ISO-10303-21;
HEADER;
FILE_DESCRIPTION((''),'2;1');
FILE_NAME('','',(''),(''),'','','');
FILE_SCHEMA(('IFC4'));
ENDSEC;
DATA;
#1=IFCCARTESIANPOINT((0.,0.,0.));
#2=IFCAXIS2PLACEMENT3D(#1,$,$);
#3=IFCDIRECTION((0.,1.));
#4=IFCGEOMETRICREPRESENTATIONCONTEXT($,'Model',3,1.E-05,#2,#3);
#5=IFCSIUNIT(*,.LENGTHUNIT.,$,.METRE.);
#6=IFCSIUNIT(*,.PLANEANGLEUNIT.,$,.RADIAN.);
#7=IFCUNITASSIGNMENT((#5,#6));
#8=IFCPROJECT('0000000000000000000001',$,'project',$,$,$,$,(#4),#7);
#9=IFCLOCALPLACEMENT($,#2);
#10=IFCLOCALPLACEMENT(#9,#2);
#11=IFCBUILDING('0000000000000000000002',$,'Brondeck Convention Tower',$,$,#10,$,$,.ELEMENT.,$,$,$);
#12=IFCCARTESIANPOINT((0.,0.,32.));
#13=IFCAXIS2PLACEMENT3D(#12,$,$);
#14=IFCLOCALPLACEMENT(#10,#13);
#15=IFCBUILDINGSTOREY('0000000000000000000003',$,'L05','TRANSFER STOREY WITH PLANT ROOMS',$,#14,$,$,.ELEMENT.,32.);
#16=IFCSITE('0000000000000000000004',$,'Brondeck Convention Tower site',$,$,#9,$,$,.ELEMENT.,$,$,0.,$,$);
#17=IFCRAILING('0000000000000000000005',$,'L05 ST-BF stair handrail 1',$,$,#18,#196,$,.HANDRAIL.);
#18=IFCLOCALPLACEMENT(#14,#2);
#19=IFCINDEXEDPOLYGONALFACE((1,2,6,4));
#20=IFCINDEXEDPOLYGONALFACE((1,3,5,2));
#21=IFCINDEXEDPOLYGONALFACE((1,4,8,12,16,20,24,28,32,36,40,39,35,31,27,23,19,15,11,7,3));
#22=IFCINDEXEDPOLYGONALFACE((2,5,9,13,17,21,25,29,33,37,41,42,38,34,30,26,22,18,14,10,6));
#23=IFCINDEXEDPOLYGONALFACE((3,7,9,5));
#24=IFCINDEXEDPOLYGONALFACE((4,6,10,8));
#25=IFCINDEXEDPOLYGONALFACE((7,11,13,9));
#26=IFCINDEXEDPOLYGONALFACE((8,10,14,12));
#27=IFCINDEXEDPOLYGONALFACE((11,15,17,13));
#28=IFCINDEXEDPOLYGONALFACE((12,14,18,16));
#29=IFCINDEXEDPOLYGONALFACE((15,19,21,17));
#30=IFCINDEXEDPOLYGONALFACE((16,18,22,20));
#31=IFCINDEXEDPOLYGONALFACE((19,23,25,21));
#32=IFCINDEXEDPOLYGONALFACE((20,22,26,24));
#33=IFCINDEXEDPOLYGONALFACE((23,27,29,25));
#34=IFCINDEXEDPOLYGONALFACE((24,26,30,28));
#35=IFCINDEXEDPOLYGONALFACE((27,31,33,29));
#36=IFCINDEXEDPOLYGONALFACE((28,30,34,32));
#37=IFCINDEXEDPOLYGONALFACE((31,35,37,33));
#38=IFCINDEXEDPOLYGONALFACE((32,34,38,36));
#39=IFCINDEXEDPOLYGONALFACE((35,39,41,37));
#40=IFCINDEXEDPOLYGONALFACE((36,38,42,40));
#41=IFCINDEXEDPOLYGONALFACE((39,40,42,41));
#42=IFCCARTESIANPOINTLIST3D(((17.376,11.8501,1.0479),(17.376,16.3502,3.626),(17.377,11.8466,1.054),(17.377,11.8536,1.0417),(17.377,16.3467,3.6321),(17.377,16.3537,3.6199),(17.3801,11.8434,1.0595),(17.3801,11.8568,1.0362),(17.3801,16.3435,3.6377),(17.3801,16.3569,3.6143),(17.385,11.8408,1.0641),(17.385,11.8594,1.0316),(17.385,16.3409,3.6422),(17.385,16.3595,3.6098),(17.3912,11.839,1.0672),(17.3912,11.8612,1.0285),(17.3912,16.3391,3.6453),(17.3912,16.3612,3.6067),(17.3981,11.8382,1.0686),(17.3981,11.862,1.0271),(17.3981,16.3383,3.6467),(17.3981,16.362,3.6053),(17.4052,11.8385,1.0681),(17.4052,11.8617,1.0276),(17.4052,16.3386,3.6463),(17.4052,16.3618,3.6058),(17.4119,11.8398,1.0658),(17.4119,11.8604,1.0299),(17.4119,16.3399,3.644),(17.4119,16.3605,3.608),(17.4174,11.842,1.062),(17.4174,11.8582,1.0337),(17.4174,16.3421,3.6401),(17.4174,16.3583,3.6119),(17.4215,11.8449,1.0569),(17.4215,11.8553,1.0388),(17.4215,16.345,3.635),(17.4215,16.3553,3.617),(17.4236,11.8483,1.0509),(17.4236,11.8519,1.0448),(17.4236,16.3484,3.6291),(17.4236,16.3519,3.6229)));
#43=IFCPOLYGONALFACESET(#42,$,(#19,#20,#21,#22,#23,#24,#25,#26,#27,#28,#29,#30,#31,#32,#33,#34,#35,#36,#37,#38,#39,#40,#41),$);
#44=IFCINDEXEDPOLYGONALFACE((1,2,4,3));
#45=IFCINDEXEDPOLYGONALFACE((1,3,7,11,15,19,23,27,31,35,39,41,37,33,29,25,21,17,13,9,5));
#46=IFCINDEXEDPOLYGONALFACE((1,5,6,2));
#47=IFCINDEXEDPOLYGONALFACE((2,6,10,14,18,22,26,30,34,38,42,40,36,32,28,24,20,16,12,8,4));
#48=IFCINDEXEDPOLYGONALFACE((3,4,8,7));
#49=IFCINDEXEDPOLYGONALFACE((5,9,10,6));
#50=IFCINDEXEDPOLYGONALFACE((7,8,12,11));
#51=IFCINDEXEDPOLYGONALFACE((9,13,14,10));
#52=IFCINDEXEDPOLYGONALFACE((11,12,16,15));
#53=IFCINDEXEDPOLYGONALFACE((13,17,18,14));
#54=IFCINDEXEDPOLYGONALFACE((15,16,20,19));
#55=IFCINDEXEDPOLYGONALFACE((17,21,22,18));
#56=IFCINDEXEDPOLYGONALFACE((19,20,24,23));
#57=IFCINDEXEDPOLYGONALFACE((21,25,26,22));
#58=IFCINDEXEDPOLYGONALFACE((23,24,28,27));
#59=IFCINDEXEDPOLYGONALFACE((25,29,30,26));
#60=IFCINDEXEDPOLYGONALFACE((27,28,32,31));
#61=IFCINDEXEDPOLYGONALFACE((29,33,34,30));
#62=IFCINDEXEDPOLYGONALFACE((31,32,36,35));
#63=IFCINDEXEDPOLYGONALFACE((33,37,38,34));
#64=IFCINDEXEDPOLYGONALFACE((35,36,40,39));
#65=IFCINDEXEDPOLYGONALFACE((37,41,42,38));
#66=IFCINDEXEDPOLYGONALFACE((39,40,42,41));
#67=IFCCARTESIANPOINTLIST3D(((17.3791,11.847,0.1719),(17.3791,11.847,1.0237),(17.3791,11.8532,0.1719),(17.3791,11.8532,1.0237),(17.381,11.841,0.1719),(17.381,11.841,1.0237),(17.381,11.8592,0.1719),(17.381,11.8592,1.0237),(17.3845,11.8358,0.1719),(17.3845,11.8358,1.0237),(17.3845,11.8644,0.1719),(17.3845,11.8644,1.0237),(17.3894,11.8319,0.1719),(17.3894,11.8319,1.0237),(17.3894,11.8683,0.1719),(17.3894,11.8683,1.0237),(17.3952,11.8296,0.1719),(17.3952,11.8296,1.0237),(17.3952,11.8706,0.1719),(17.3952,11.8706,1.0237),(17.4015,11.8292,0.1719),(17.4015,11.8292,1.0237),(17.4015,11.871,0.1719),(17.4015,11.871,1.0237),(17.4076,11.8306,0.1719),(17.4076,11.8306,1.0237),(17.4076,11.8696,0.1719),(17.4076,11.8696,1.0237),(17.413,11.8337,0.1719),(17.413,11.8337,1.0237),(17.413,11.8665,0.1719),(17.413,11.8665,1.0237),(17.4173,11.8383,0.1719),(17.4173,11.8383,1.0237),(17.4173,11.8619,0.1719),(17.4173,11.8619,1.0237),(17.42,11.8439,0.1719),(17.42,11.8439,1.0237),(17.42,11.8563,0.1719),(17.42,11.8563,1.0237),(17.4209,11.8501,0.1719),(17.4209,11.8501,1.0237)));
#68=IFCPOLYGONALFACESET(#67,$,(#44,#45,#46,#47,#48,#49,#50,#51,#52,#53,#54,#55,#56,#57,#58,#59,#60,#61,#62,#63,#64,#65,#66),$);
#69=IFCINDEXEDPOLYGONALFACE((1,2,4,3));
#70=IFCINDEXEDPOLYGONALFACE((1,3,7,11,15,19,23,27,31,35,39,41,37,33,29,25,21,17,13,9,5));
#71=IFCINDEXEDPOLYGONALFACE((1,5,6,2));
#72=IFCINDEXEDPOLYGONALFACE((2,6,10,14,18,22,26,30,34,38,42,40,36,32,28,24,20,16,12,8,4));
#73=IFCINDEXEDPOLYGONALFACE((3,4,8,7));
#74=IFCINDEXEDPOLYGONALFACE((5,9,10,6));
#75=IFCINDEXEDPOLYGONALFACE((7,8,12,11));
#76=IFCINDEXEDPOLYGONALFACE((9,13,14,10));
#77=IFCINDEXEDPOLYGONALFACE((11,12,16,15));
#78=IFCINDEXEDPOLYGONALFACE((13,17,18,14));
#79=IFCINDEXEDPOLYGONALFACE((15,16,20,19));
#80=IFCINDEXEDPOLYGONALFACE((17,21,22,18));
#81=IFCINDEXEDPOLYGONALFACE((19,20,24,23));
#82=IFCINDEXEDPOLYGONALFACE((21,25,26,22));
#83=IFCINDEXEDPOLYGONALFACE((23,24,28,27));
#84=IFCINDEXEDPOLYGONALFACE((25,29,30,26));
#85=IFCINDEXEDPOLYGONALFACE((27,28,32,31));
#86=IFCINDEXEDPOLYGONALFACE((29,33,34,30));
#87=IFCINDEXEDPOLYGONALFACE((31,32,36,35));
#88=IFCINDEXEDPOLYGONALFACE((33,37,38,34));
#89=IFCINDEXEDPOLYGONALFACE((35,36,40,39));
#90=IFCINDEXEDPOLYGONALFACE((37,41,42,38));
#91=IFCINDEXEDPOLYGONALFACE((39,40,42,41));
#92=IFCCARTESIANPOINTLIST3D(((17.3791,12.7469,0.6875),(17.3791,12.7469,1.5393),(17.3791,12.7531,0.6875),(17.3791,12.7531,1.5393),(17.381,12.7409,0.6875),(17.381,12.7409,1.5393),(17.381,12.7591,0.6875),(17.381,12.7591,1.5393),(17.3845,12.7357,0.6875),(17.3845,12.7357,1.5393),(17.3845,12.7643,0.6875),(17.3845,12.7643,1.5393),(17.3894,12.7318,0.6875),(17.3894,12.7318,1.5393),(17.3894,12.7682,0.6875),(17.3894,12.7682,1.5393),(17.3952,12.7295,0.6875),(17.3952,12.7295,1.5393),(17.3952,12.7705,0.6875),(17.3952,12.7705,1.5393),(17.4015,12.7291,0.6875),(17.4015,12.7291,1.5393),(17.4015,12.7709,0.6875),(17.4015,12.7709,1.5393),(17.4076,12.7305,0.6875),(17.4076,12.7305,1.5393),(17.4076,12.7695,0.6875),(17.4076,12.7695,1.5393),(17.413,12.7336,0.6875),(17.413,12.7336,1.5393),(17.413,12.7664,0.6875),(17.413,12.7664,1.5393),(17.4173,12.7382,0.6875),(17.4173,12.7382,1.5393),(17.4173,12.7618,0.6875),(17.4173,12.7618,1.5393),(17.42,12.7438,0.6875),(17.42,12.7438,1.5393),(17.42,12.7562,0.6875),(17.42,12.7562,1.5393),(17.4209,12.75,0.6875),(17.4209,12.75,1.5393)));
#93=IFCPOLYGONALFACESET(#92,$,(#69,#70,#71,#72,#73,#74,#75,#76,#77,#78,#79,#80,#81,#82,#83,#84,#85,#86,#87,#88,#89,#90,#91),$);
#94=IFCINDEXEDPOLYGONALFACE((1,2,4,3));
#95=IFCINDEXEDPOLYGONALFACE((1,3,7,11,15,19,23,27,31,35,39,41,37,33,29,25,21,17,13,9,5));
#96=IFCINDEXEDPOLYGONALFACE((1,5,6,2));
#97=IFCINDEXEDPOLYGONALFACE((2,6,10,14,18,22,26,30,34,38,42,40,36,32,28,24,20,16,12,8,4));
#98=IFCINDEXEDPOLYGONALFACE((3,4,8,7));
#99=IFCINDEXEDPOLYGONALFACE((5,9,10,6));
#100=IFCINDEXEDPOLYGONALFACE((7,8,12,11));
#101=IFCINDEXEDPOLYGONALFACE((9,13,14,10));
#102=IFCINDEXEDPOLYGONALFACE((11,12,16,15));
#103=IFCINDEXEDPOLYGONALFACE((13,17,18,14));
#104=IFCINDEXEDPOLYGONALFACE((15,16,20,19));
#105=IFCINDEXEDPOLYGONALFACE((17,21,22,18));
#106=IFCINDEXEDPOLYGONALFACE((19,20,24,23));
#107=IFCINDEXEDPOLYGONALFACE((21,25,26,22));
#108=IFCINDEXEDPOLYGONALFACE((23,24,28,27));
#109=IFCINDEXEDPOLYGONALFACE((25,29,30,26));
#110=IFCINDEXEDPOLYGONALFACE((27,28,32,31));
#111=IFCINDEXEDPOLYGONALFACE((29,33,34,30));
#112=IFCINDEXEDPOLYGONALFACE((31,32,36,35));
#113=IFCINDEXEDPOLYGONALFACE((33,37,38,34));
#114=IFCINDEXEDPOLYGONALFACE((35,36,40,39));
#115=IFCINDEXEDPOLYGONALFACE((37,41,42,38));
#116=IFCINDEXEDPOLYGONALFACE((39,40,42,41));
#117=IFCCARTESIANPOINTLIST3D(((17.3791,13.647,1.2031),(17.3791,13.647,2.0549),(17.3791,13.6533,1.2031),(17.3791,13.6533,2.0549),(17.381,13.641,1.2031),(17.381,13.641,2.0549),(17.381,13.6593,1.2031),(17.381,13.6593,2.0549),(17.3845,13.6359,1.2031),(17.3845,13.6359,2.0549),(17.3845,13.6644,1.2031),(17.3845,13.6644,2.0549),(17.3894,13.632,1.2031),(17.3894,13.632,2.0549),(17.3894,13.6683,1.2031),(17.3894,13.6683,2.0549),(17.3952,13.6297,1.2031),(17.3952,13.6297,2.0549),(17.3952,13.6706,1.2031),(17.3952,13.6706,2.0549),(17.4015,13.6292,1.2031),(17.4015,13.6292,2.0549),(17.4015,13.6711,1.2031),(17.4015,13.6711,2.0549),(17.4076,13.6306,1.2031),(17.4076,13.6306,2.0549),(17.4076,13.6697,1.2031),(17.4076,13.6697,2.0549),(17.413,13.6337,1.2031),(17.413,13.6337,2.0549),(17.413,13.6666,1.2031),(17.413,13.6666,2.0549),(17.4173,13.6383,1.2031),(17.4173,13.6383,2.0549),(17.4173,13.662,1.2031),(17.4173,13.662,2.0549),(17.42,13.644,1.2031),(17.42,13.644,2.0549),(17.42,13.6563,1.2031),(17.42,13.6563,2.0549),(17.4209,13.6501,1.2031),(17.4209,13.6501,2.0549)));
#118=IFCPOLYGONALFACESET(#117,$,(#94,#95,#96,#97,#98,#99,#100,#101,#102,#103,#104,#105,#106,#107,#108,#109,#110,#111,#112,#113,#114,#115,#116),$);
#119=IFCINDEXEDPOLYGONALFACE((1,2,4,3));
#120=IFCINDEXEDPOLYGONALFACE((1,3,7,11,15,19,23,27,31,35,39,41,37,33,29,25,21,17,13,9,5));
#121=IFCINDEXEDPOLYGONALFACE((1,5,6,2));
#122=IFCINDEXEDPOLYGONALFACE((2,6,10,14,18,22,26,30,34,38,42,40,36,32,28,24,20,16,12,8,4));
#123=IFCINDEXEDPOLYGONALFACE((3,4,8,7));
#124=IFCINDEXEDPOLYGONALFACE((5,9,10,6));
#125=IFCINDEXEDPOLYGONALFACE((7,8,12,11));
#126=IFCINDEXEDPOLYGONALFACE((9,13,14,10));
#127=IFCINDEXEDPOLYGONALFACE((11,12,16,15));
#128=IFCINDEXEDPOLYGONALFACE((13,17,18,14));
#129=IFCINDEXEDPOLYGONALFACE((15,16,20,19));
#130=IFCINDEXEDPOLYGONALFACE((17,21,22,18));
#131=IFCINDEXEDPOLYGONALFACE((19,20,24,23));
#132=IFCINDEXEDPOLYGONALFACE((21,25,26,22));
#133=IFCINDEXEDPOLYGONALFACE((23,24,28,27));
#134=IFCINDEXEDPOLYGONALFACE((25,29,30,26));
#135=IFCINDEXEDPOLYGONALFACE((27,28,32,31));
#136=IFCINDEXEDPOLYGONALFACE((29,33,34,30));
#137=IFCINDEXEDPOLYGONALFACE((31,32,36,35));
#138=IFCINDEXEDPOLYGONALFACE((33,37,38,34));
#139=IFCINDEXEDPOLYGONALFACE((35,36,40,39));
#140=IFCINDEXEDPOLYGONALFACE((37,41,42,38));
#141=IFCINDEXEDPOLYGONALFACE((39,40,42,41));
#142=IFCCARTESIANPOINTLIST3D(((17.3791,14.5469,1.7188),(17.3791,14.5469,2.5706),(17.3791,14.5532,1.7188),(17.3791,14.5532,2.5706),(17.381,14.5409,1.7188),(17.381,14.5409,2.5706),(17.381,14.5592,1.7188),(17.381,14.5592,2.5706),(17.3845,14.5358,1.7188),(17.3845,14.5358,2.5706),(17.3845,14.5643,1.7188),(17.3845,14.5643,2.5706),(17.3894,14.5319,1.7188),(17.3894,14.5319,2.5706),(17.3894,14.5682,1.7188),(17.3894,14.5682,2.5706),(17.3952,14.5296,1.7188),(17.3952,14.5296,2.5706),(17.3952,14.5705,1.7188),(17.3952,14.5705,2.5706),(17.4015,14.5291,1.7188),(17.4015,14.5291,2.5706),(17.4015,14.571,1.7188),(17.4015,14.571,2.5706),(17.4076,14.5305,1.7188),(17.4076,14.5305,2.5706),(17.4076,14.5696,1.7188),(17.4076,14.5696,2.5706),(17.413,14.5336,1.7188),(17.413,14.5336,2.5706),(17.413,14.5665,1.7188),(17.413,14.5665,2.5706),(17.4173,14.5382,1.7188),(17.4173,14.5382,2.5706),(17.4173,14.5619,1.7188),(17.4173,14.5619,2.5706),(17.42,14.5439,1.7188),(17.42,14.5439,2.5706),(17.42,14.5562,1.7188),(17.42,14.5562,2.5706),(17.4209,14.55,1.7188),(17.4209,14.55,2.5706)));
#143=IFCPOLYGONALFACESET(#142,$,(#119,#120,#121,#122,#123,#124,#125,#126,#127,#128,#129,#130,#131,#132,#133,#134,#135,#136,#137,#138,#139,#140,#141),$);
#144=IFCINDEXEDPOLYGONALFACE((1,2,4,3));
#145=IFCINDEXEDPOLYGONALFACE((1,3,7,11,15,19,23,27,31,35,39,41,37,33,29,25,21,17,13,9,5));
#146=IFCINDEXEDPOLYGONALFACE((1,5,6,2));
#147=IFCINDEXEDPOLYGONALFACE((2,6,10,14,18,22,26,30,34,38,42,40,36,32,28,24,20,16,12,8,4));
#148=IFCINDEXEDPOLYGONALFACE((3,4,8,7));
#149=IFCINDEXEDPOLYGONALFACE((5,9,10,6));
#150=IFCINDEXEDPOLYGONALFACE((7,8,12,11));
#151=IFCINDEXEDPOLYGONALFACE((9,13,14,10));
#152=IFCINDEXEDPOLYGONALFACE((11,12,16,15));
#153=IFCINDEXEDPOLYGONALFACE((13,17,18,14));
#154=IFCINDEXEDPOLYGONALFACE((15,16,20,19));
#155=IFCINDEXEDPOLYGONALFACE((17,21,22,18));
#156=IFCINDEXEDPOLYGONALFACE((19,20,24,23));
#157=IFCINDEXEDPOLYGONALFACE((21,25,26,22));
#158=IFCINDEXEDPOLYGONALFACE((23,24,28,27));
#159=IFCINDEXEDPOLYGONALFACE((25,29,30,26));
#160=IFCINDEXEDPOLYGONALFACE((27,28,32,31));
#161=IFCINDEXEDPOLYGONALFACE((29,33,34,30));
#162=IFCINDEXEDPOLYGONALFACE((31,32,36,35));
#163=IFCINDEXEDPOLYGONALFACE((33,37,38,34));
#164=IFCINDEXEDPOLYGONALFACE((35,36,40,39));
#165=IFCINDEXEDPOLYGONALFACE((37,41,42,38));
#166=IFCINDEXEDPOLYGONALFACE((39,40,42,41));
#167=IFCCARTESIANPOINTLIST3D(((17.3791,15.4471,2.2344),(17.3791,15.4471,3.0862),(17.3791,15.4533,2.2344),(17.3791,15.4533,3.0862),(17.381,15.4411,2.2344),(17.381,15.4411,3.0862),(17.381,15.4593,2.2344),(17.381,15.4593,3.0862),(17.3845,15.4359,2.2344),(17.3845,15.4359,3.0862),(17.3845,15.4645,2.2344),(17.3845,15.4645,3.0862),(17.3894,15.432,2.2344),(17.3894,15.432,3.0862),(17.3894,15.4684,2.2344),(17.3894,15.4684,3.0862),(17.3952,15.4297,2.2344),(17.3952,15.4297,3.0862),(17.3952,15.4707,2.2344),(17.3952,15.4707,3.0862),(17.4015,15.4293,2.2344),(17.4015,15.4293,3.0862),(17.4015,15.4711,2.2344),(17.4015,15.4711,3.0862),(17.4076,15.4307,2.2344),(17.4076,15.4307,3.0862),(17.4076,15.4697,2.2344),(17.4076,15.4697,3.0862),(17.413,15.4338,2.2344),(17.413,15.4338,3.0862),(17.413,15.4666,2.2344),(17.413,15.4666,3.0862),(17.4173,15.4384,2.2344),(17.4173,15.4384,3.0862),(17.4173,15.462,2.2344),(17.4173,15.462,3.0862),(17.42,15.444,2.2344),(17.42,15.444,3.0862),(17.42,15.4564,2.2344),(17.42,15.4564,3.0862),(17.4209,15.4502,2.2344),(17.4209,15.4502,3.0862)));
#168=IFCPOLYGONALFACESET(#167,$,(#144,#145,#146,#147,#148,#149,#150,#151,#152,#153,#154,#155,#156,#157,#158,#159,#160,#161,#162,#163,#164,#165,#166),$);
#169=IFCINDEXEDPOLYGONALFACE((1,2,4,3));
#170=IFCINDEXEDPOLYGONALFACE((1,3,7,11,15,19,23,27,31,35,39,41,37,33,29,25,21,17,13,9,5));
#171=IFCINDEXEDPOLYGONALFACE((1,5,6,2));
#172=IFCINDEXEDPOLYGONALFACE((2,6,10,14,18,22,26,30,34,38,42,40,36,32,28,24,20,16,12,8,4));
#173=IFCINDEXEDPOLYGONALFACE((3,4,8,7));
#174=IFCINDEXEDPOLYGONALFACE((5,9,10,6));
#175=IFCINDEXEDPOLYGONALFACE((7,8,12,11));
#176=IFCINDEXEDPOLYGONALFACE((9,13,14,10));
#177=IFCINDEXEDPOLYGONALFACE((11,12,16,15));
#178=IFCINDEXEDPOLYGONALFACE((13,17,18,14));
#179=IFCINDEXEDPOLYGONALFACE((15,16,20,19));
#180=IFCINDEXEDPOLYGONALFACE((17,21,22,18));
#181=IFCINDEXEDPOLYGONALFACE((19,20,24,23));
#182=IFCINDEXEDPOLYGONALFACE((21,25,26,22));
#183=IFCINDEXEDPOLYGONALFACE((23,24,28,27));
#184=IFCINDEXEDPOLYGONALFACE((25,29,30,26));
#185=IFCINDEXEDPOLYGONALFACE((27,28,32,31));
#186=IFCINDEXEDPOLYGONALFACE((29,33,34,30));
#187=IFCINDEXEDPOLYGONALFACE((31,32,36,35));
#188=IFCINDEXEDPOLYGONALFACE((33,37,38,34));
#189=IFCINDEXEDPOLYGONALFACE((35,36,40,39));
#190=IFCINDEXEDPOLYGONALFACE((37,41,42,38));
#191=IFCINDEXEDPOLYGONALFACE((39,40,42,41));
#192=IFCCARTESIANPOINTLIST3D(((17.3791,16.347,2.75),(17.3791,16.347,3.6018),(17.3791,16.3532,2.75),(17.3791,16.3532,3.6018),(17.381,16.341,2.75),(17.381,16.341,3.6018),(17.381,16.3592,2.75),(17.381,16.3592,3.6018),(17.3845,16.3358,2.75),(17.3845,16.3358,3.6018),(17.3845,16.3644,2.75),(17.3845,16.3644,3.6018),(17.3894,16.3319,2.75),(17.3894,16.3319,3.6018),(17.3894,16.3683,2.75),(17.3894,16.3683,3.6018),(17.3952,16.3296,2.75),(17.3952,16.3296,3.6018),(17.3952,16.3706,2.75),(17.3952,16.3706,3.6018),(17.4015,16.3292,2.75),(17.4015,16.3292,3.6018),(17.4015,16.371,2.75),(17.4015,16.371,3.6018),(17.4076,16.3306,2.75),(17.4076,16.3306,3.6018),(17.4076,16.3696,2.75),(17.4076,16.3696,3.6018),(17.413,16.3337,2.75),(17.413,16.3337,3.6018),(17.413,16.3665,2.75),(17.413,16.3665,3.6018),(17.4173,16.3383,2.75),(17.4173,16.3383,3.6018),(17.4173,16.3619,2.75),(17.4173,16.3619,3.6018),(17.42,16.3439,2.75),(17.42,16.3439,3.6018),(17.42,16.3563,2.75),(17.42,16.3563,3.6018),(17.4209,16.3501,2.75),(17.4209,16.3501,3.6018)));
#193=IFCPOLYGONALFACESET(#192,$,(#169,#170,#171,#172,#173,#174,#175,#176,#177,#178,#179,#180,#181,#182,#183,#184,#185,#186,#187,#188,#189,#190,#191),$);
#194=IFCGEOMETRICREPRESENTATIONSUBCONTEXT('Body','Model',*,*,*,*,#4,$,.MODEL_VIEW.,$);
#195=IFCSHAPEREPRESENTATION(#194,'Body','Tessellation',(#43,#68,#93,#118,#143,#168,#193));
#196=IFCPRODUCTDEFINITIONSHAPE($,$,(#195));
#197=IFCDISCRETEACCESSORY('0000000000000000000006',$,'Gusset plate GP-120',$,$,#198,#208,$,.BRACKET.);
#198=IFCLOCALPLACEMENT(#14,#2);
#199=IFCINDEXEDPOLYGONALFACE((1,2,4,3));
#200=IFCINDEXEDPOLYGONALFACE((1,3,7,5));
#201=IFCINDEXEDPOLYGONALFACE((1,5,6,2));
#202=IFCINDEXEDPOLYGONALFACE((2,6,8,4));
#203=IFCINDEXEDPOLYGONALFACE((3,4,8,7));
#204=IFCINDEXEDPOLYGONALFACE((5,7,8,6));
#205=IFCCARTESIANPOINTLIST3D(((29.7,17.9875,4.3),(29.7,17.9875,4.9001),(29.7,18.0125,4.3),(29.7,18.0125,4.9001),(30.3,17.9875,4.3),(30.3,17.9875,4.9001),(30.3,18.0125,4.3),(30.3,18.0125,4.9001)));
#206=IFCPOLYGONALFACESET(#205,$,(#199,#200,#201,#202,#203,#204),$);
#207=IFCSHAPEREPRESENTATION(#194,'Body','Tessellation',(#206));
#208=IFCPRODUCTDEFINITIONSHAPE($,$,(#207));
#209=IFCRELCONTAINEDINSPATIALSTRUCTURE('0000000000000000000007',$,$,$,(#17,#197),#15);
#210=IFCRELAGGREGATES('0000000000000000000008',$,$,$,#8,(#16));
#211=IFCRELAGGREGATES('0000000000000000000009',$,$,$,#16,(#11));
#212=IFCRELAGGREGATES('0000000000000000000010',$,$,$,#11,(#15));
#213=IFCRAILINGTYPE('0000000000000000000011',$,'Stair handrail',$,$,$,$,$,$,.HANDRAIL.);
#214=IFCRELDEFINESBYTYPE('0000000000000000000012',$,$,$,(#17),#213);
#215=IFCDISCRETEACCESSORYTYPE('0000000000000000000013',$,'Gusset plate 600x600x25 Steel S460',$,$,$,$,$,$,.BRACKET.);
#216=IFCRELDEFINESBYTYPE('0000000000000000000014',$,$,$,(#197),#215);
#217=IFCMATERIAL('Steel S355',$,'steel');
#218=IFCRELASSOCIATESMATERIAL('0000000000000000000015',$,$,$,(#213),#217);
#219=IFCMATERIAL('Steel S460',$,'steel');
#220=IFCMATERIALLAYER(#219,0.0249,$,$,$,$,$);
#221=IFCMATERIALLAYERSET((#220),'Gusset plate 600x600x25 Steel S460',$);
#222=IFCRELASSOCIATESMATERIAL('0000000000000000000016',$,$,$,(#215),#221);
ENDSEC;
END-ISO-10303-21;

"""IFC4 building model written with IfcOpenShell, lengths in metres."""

from ifc_helpers import new_model, si_unit, direction, frame, origin, origin_2d, place, context, subcontext, project, spatial, rectangle, circle, extrude, material, layer, layer_set, type_object, element, save


model = new_model("IFC4")

# Units and contexts
model_context = context("Model", 3, precision=1e-05, world=origin(), true_north=direction((0.0, 1.0)))
body_context = subcontext(model_context, "Body", "Model", "MODEL_VIEW")
ifc_project = project(units=[si_unit("LENGTHUNIT", "METRE"), si_unit("PLANEANGLEUNIT", "RADIAN")], contexts=[model_context])

# Site, building, storey
site_placement = place(None, origin())
site = spatial("IfcSite", under=ifc_project, at=site_placement, Name="Brondeck Convention Tower site", CompositionType="ELEMENT", RefElevation=0.0)
building_placement = place(site_placement, origin())
building = spatial("IfcBuilding", under=site, at=building_placement, Name="Brondeck Convention Tower", CompositionType="ELEMENT")
storey_placement = place(building_placement, frame((0.0, 0.0, 32.0)))
storey = spatial("IfcBuildingStorey", under=building, at=storey_placement, Name="L05", Description="TRANSFER STOREY WITH PLANT ROOMS", CompositionType="ELEMENT", Elevation=32.0)

# Shared definitions
ifc_material_1 = material(Name="Steel S460", Category="steel")

# Shared definitions
ifc_material_2 = material(Name="Steel S355", Category="steel")

# Railing
railing_type_1 = type_object("IfcRailingType", Name="Stair handrail", PredefinedType="HANDRAIL", material=ifc_material_2)
railing_1_placement = place(storey_placement, frame((17.3999, 11.8501, 0.1719)))
element("IfcRailing", 1, at=railing_1_placement, inside=storey, type_object=railing_type_1, Name="L05 ST-BF stair handrail 1", PredefinedType="HANDRAIL", context=body_context, shape_type="SweptSolid", body=[
    extrude(circle(Radius=0.0239, at=origin_2d()), frame((0.0, 0.0, 0.876), z_axis=(0.0, 0.867686, 0.497112), x_axis=(-1.0, 0.0, 0.0)), (0.0, 0.0, 1.0), 5.1863),
    extrude(circle(Radius=0.021, at=origin_2d()), origin(), (0.0, 0.0, 1.0), 0.8518),
    extrude(circle(Radius=0.021, at=origin_2d()), frame((0.0, 0.8999, 0.5156)), (0.0, 0.0, 1.0), 0.8518),
    extrude(circle(Radius=0.021, at=origin_2d()), frame((0.0, 1.8, 1.0312)), (0.0, 0.0, 1.0), 0.8518),
    extrude(circle(Radius=0.021, at=origin_2d()), frame((0.0, 2.7, 1.5469)), (0.0, 0.0, 1.0), 0.8518),
    extrude(circle(Radius=0.021, at=origin_2d()), frame((0.0, 3.6001, 2.0625)), (0.0, 0.0, 1.0), 0.8518),
    extrude(circle(Radius=0.021, at=origin_2d()), frame((0.0, 4.5, 2.5781)), (0.0, 0.0, 1.0), 0.8518),
])

# Discrete accessory
ifc_layer_1 = layer(ifc_material_1, 0.0249)
ifc_layer_set_1 = layer_set([ifc_layer_1], Name="Gusset plate 600x600x25 Steel S460")
discrete_accessory_type = type_object("IfcDiscreteAccessoryType", Name="Gusset plate 600x600x25 Steel S460", PredefinedType="BRACKET", material=ifc_layer_set_1)
for number, where, z_axis, x_axis, name in (
    (2, (30.0, 18.0, 4.3), (0.0, 0.0, 1.0), (1.0, 0.0, 0.0), "Gusset plate GP-120"),
):
    element("IfcDiscreteAccessory", number, at=place(storey_placement, frame(where, z_axis=z_axis, x_axis=x_axis)), inside=storey, type_object=discrete_accessory_type, Name=name, PredefinedType="BRACKET", context=body_context, shape_type="SweptSolid", body=[
        extrude(rectangle(XDim=0.6001, YDim=0.0249, at=origin_2d()), origin(), (0.0, 0.0, 1.0), 0.6001),
    ])

save(model, "model.ifc")
